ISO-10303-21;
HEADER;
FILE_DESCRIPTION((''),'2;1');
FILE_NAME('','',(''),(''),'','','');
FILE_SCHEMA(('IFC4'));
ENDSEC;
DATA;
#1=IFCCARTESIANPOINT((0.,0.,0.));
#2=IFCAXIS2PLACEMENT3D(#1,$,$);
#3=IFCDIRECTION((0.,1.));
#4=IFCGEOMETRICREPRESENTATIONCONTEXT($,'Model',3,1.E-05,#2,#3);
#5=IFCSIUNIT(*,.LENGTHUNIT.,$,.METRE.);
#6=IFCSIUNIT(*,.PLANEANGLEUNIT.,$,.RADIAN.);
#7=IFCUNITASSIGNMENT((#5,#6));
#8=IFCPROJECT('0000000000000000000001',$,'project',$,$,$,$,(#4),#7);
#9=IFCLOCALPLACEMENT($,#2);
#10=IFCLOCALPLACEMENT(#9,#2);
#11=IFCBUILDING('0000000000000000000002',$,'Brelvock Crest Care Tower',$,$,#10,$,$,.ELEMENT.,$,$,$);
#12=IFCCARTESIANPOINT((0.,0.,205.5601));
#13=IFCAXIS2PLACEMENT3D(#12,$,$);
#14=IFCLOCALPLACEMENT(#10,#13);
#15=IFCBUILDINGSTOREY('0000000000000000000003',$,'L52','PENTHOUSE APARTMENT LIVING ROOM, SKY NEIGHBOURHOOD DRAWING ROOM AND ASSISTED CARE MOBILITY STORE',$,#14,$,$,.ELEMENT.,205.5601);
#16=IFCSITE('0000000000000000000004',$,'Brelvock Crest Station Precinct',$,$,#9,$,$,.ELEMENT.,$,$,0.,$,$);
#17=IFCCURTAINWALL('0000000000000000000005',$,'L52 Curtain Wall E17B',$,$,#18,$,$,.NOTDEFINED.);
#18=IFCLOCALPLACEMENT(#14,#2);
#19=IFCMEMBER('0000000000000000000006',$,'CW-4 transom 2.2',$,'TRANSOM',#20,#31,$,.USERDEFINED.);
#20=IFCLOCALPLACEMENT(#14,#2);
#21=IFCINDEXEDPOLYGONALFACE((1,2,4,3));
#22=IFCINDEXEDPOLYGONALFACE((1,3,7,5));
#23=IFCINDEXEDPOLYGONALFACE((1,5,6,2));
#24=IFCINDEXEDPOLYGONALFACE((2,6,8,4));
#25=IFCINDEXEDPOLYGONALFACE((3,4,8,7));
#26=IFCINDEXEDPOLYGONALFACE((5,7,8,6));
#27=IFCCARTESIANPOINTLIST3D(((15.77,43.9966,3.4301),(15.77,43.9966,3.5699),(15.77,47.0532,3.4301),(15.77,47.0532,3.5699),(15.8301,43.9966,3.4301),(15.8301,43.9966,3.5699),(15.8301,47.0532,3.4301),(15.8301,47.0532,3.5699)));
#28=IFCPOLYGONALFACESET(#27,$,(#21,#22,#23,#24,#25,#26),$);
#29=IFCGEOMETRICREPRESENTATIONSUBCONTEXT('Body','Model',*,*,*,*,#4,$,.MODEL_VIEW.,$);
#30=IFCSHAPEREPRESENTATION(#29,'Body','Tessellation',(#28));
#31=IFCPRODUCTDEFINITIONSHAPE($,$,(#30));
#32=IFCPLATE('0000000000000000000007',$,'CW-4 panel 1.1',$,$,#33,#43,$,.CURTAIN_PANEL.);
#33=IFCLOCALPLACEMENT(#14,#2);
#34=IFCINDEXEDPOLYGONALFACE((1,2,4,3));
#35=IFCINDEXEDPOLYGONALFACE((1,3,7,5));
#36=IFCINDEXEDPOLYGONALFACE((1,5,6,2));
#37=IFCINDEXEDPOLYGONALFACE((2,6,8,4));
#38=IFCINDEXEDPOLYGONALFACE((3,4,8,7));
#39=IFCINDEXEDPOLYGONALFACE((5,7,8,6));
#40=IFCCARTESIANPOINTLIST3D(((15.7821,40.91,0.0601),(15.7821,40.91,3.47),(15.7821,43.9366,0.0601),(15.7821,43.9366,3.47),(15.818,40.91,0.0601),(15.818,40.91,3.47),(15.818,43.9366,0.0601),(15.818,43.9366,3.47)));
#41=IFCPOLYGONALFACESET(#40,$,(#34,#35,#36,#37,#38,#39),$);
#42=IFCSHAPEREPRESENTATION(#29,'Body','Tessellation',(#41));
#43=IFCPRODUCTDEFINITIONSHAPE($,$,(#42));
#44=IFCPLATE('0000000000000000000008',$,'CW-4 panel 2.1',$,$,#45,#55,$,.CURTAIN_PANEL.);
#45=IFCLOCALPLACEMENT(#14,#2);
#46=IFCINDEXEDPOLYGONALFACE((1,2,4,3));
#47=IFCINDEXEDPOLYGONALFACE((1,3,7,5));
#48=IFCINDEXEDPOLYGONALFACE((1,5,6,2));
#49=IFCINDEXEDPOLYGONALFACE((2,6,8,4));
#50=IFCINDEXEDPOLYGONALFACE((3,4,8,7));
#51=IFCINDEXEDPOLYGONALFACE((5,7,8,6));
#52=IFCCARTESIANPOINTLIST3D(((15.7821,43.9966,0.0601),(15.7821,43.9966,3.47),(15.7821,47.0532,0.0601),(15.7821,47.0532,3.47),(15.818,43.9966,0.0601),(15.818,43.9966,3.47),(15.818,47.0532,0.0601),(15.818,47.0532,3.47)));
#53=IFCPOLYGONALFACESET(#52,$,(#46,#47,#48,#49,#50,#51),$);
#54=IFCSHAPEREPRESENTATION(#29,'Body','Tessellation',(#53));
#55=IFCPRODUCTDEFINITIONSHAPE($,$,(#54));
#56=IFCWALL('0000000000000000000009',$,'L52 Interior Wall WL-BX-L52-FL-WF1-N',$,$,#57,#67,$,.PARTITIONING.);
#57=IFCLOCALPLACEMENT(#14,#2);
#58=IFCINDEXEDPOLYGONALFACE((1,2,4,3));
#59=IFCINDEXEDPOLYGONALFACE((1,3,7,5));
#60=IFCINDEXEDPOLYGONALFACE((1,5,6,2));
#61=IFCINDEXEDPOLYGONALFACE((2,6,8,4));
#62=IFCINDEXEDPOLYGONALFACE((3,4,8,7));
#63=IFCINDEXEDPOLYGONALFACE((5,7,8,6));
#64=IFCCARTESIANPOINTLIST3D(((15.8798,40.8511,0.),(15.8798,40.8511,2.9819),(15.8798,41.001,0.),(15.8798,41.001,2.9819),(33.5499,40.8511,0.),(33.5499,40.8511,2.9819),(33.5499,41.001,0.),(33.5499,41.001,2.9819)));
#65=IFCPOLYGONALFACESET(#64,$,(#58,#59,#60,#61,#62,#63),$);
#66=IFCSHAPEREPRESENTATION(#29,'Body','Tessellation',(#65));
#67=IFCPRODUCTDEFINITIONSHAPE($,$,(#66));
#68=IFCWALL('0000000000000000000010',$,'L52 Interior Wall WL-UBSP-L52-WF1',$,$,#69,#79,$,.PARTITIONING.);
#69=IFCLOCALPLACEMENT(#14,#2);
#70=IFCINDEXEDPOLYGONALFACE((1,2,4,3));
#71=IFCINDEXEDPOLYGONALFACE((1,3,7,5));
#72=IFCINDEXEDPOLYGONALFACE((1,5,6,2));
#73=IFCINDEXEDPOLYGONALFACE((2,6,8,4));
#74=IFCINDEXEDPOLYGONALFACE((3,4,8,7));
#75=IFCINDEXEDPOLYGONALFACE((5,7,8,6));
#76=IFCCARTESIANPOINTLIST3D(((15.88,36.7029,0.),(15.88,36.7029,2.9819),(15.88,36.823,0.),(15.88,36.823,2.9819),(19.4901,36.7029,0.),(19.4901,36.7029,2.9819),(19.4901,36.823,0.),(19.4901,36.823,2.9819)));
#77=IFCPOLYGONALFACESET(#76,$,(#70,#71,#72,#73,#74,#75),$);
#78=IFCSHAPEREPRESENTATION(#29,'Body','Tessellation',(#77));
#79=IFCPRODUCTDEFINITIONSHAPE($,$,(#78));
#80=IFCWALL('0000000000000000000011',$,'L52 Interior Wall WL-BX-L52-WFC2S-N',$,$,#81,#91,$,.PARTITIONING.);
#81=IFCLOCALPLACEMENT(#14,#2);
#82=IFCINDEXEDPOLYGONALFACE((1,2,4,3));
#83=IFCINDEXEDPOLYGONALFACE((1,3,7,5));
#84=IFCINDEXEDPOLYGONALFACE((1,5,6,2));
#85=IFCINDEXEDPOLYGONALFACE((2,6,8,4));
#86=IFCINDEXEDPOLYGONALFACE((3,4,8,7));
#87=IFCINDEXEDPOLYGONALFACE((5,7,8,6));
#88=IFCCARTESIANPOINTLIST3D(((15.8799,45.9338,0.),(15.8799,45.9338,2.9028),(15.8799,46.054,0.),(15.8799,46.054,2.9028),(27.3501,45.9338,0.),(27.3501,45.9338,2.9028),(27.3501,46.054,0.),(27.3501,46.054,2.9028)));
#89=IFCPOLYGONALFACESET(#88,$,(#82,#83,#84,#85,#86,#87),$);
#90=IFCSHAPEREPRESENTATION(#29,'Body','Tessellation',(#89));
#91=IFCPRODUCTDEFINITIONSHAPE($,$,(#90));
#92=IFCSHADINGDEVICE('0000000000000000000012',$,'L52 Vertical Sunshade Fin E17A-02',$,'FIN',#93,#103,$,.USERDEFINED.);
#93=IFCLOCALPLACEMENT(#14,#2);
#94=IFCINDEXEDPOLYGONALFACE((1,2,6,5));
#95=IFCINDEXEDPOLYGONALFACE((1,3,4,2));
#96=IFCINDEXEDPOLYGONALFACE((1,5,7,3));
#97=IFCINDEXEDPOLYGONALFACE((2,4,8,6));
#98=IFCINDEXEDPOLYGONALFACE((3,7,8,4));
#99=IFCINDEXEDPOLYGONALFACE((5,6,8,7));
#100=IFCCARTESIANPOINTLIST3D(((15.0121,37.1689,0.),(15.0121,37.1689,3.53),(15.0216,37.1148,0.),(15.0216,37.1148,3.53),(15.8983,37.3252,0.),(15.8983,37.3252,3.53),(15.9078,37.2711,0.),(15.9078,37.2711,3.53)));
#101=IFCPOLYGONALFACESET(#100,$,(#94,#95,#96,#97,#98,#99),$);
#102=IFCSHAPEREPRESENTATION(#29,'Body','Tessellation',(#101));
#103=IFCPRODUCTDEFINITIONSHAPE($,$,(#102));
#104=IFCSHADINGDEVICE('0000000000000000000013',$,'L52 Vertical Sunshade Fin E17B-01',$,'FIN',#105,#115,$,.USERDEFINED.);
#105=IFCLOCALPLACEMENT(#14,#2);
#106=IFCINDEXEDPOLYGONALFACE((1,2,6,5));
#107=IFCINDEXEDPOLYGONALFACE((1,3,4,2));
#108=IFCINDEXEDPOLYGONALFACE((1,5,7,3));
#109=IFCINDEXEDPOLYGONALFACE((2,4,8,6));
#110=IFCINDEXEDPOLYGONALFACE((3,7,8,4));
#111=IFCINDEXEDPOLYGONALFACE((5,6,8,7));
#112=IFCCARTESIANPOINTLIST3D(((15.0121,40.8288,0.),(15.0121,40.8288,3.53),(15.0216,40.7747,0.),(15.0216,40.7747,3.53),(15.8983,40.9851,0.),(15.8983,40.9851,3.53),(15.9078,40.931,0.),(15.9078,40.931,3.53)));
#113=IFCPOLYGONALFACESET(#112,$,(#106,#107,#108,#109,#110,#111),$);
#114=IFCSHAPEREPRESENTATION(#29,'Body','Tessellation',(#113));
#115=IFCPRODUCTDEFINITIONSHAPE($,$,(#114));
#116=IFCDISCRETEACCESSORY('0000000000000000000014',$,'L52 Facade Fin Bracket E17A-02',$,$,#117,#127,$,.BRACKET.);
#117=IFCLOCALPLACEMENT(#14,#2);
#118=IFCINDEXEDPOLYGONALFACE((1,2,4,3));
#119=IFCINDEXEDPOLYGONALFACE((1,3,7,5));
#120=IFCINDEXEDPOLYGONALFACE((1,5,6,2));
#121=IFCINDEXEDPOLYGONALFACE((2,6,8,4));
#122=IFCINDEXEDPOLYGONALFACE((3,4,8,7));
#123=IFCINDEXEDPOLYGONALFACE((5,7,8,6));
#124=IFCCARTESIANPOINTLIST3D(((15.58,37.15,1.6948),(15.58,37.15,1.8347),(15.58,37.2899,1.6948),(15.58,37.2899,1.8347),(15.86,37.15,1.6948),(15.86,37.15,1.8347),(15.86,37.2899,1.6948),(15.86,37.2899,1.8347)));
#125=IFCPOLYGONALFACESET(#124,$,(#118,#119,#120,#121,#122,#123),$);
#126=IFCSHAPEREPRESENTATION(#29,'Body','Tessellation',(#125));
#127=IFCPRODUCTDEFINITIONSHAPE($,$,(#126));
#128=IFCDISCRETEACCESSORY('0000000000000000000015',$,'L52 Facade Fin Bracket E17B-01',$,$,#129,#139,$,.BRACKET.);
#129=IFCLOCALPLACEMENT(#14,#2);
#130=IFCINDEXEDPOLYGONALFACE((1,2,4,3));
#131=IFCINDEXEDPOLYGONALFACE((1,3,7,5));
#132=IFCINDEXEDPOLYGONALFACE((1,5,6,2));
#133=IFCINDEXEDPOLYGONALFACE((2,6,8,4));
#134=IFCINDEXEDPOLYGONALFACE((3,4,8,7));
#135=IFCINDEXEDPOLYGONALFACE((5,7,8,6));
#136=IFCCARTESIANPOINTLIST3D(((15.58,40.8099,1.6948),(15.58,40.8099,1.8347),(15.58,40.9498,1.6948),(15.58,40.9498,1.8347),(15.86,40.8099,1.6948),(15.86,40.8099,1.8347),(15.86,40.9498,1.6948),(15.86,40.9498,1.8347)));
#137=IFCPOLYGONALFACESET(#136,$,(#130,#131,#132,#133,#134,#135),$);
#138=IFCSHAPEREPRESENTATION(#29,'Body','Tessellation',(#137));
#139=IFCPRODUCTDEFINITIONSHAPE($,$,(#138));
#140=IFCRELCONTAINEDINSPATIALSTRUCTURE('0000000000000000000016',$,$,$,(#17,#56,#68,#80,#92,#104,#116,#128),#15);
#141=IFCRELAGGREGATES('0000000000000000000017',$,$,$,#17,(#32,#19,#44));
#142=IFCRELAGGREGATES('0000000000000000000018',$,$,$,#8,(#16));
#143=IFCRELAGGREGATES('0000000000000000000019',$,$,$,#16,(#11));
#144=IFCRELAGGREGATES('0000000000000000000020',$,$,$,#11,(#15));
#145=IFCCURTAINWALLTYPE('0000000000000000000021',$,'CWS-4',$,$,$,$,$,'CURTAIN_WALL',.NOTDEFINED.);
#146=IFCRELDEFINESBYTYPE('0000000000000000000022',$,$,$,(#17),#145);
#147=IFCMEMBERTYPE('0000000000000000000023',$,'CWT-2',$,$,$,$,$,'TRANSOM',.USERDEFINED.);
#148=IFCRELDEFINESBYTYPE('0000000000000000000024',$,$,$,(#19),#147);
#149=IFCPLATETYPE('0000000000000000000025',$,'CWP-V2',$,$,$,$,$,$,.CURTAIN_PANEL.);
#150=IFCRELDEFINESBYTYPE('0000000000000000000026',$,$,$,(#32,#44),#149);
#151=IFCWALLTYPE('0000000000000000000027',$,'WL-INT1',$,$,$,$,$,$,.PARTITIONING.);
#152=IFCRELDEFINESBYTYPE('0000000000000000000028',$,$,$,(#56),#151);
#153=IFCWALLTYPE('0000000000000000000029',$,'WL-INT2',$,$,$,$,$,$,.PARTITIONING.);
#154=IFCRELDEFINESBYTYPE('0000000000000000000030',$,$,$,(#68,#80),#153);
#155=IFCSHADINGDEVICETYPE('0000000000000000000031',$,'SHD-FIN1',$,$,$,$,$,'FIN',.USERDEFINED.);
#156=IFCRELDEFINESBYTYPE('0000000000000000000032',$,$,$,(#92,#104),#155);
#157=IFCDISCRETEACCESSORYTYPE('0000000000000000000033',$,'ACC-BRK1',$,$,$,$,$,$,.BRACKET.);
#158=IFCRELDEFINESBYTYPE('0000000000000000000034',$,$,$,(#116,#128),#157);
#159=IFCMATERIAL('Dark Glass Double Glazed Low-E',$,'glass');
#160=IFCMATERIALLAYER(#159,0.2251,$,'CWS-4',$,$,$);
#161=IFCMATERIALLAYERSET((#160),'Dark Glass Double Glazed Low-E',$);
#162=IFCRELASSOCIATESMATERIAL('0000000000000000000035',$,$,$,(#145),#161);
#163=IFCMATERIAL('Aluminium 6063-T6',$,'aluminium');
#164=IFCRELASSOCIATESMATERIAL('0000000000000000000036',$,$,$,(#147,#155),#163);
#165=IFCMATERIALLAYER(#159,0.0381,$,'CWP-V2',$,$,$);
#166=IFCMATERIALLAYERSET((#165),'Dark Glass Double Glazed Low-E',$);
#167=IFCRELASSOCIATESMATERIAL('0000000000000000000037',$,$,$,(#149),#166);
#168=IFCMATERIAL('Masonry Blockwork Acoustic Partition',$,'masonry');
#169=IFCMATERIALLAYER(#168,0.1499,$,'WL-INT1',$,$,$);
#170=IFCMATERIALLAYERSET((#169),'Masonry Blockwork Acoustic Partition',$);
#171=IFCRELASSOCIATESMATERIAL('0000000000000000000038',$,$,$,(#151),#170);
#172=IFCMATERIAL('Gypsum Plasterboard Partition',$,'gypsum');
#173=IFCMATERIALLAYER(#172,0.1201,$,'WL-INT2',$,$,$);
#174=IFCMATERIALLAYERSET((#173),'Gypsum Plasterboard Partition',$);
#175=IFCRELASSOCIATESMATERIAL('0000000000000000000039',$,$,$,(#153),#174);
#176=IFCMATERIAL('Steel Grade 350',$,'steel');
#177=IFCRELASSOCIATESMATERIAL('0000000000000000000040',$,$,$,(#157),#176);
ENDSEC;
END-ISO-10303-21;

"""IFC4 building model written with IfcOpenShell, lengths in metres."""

from ifc_helpers import new_model, si_unit, direction, frame, frame_2d, origin, origin_2d, place, context, subcontext, project, spatial, rectangle, extrude, source, transform, mapped, material, layer, layer_set, material_profile, profile_set, type_object, element, aggregate, save


model = new_model("IFC4")

# Units and contexts
model_context = context("Model", 3, precision=1e-05, world=origin(), true_north=direction((0.0, 1.0)))
body_context = subcontext(model_context, "Body", "Model", "MODEL_VIEW")
ifc_project = project(units=[si_unit("LENGTHUNIT", "METRE"), si_unit("PLANEANGLEUNIT", "RADIAN")], contexts=[model_context])

# Site, building, storey
site_placement = place(None, origin())
site = spatial("IfcSite", under=ifc_project, at=site_placement, Name="Brelvock Crest Station Precinct", CompositionType="ELEMENT", RefElevation=0.0)
building_placement = place(site_placement, origin())
building = spatial("IfcBuilding", under=site, at=building_placement, Name="Brelvock Crest Care Tower", CompositionType="ELEMENT")
storey_placement = place(building_placement, frame((0.0, 0.0, 205.5601)))
storey = spatial("IfcBuildingStorey", under=building, at=storey_placement, Name="L52", Description="PENTHOUSE APARTMENT LIVING ROOM, SKY NEIGHBOURHOOD DRAWING ROOM AND ASSISTED CARE MOBILITY STORE", CompositionType="ELEMENT", Elevation=205.5601)

# Shared definitions
ifc_material_1 = material(Name="Steel Grade 350", Category="steel")

# Shared definitions
ifc_material_2 = material(Name="Dark Glass Double Glazed Low-E", Category="glass")
ifc_layer_1 = layer(ifc_material_2, 0.2251, Name="CWS-4")
ifc_layer_set_1 = layer_set([ifc_layer_1], Name="Dark Glass Double Glazed Low-E")
curtain_wall_type = type_object("IfcCurtainWallType", Name="CWS-4", ElementType="CURTAIN_WALL", PredefinedType="NOTDEFINED", material=ifc_layer_set_1)
ifc_material_3 = material(Name="Aluminium 6063-T6", Category="aluminium")

# Curtain wall, member, plates
curtain_wall_1_placement = place(storey_placement, origin())
curtain_wall_1 = element("IfcCurtainWall", 1, at=curtain_wall_1_placement, inside=storey, type_object=curtain_wall_type, Name="L52 Curtain Wall E17B", PredefinedType="NOTDEFINED")
ifc_material_profile_1 = material_profile(ifc_material_3, rectangle(XDim=0.0601, YDim=0.1399, at=origin_2d()), Name="ALU60x140")
ifc_profile_set_1 = profile_set([ifc_material_profile_1], Name="Aluminium 6063-T6")
member_type_1 = type_object("IfcMemberType", Name="CWT-2", ElementType="TRANSOM", PredefinedType="USERDEFINED", material=ifc_profile_set_1)
shared_shape_1 = source(origin(), body_context, "Body", "SweptSolid", [
    extrude(rectangle(XDim=0.0601, YDim=0.1399, at=origin_2d()), origin(), (0.0, 0.0, 1.0), 3.0566),
])
member_1_placement = place(storey_placement, frame((15.8, 43.9966, 3.5), z_axis=(0.0, 1.0, 0.0), x_axis=(-1.0, 0.0, 0.0)))
member_1 = element("IfcMember", 2, at=member_1_placement, type_object=member_type_1, Name="CW-4 transom 2.2", ObjectType="TRANSOM", PredefinedType="USERDEFINED", context=body_context, shape_type="MappedRepresentation", body=[
    mapped(shared_shape_1, transform((0.0, 0.0, 0.0), x_axis=(1.0, 0.0, 0.0), y_axis=(0.0, 1.0, 0.0), z_axis=(0.0, 0.0, 1.0), scale=1.0)),
])
ifc_layer_2 = layer(ifc_material_2, 0.0381, Name="CWP-V2")
ifc_layer_set_2 = layer_set([ifc_layer_2], Name="Dark Glass Double Glazed Low-E")
plate_type = type_object("IfcPlateType", Name="CWP-V2", PredefinedType="CURTAIN_PANEL", material=ifc_layer_set_2)
shared_shape_2 = source(origin(), body_context, "Body", "SweptSolid", [
    extrude(rectangle(XDim=3.0266, YDim=0.0359, at=origin_2d()), origin(), (0.0, 0.0, 1.0), 3.4099),
])
plate_1_placement = place(storey_placement, frame((15.8, 42.4233, 0.0601), z_axis=(0.0, 0.0, 1.0), x_axis=(0.0, 1.0, 0.0)))
plate_1 = element("IfcPlate", 3, at=plate_1_placement, type_object=plate_type, Name="CW-4 panel 1.1", PredefinedType="CURTAIN_PANEL", context=body_context, shape_type="MappedRepresentation", body=[
    mapped(shared_shape_2, transform((0.0, 0.0, 0.0), x_axis=(1.0, 0.0, 0.0), y_axis=(0.0, 1.0, 0.0), z_axis=(0.0, 0.0, 1.0), scale=1.0)),
])
shared_shape_3 = source(origin(), body_context, "Body", "SweptSolid", [
    extrude(rectangle(XDim=3.0566, YDim=0.0359, at=origin_2d()), origin(), (0.0, 0.0, 1.0), 3.4099),
])
plate_2_placement = place(storey_placement, frame((15.8, 45.5249, 0.0601), z_axis=(0.0, 0.0, 1.0), x_axis=(0.0, 1.0, 0.0)))
plate_2 = element("IfcPlate", 4, at=plate_2_placement, type_object=plate_type, Name="CW-4 panel 2.1", PredefinedType="CURTAIN_PANEL", context=body_context, shape_type="MappedRepresentation", body=[
    mapped(shared_shape_3, transform((0.0, 0.0, 0.0), x_axis=(1.0, 0.0, 0.0), y_axis=(0.0, 1.0, 0.0), z_axis=(0.0, 0.0, 1.0), scale=1.0)),
])
aggregate(curtain_wall_1, [plate_1, member_1, plate_2])

# Walls
ifc_material_4 = material(Name="Masonry Blockwork Acoustic Partition", Category="masonry")
ifc_layer_3 = layer(ifc_material_4, 0.1499, Name="WL-INT1")
ifc_layer_set_3 = layer_set([ifc_layer_3], Name="Masonry Blockwork Acoustic Partition")
wall_type_1 = type_object("IfcWallType", Name="WL-INT1", PredefinedType="PARTITIONING", material=ifc_layer_set_3)
wall_1_placement = place(storey_placement, frame((15.8799, 40.926, 0.0), z_axis=(0.0, 0.0, 1.0), x_axis=(1.0, 0.0, 0.0)))
element("IfcWall", 5, at=wall_1_placement, inside=storey, type_object=wall_type_1, Name="L52 Interior Wall WL-BX-L52-FL-WF1-N", PredefinedType="PARTITIONING", context=body_context, shape_type="SweptSolid", body=[
    extrude(rectangle(XDim=17.6702, YDim=0.1499, at=frame_2d((8.835, 0.0))), origin(), (0.0, 0.0, 1.0), 2.9819),
])
ifc_material_5 = material(Name="Gypsum Plasterboard Partition", Category="gypsum")
ifc_layer_4 = layer(ifc_material_5, 0.1201, Name="WL-INT2")
ifc_layer_set_4 = layer_set([ifc_layer_4], Name="Gypsum Plasterboard Partition")
wall_type_2 = type_object("IfcWallType", Name="WL-INT2", PredefinedType="PARTITIONING", material=ifc_layer_set_4)
wall_2_placement = place(storey_placement, frame((15.8799, 36.7629, 0.0), z_axis=(0.0, 0.0, 1.0), x_axis=(1.0, 0.0, 0.0)))
element("IfcWall", 6, at=wall_2_placement, inside=storey, type_object=wall_type_2, Name="L52 Interior Wall WL-UBSP-L52-WF1", PredefinedType="PARTITIONING", context=body_context, shape_type="SweptSolid", body=[
    extrude(rectangle(XDim=3.6101, YDim=0.1201, at=frame_2d((1.8052, 0.0))), origin(), (0.0, 0.0, 1.0), 2.9819),
])
wall_3_placement = place(storey_placement, frame((15.8799, 45.9939, 0.0), z_axis=(0.0, 0.0, 1.0), x_axis=(1.0, 0.0, 0.0)))
element("IfcWall", 7, at=wall_3_placement, inside=storey, type_object=wall_type_2, Name="L52 Interior Wall WL-BX-L52-WFC2S-N", PredefinedType="PARTITIONING", context=body_context, shape_type="SweptSolid", body=[
    extrude(rectangle(XDim=11.4702, YDim=0.1201, at=frame_2d((5.7351, 0.0))), origin(), (0.0, 0.0, 1.0), 2.9028),
])

# Shading devices
ifc_material_profile_2 = material_profile(ifc_material_3, rectangle(XDim=0.0549, YDim=0.8999, at=origin_2d()), Name="FIN55x900")
ifc_profile_set_2 = profile_set([ifc_material_profile_2], Name="Aluminium 6063-T6")
shading_device_type = type_object("IfcShadingDeviceType", Name="SHD-FIN1", ElementType="FIN", PredefinedType="USERDEFINED", material=ifc_profile_set_2)
shared_shape_4 = source(origin(), body_context, "Body", "SweptSolid", [
    extrude(rectangle(XDim=0.0549, YDim=0.8999, at=origin_2d()), origin(), (0.0, 0.0, 1.0), 3.53),
])
for number, where, z_axis, x_axis, name in (
    (8, (15.46, 37.22, 0.0), (0.0, 0.0, 1.0), (-0.173648, 0.984808, 0.0), "L52 Vertical Sunshade Fin E17A-02"),
    (9, (15.46, 40.8799, 0.0), (0.0, 0.0, 1.0), (-0.173648, 0.984808, 0.0), "L52 Vertical Sunshade Fin E17B-01"),
):
    element("IfcShadingDevice", number, at=place(storey_placement, frame(where, z_axis=z_axis, x_axis=x_axis)), inside=storey, type_object=shading_device_type, Name=name, ObjectType="FIN", PredefinedType="USERDEFINED", context=body_context, shape_type="MappedRepresentation", body=[
        mapped(shared_shape_4, transform((0.0, 0.0, 0.0), x_axis=(1.0, 0.0, 0.0), y_axis=(0.0, 1.0, 0.0), z_axis=(0.0, 0.0, 1.0), scale=1.0)),
    ])

# Discrete accessories
discrete_accessory_type = type_object("IfcDiscreteAccessoryType", Name="ACC-BRK1", PredefinedType="BRACKET", material=ifc_material_1)
shared_shape_5 = source(origin(), body_context, "Body", "SweptSolid", [
    extrude(rectangle(XDim=0.28, YDim=0.1399, at=origin_2d()), origin(), (0.0, 0.0, 1.0), 0.1399),
])
for number, where, z_axis, x_axis, name in (
    (10, (15.72, 37.22, 1.6948), (0.0, 0.0, 1.0), (-1.0, 0.0, 0.0), "L52 Facade Fin Bracket E17A-02"),
    (11, (15.72, 40.8799, 1.6948), (0.0, 0.0, 1.0), (-1.0, 0.0, 0.0), "L52 Facade Fin Bracket E17B-01"),
):
    element("IfcDiscreteAccessory", number, at=place(storey_placement, frame(where, z_axis=z_axis, x_axis=x_axis)), inside=storey, type_object=discrete_accessory_type, Name=name, PredefinedType="BRACKET", context=body_context, shape_type="MappedRepresentation", body=[
        mapped(shared_shape_5, transform((0.0, 0.0, 0.0), x_axis=(1.0, 0.0, 0.0), y_axis=(0.0, 1.0, 0.0), z_axis=(0.0, 0.0, 1.0), scale=1.0)),
    ])

save(model, "model.ifc")
